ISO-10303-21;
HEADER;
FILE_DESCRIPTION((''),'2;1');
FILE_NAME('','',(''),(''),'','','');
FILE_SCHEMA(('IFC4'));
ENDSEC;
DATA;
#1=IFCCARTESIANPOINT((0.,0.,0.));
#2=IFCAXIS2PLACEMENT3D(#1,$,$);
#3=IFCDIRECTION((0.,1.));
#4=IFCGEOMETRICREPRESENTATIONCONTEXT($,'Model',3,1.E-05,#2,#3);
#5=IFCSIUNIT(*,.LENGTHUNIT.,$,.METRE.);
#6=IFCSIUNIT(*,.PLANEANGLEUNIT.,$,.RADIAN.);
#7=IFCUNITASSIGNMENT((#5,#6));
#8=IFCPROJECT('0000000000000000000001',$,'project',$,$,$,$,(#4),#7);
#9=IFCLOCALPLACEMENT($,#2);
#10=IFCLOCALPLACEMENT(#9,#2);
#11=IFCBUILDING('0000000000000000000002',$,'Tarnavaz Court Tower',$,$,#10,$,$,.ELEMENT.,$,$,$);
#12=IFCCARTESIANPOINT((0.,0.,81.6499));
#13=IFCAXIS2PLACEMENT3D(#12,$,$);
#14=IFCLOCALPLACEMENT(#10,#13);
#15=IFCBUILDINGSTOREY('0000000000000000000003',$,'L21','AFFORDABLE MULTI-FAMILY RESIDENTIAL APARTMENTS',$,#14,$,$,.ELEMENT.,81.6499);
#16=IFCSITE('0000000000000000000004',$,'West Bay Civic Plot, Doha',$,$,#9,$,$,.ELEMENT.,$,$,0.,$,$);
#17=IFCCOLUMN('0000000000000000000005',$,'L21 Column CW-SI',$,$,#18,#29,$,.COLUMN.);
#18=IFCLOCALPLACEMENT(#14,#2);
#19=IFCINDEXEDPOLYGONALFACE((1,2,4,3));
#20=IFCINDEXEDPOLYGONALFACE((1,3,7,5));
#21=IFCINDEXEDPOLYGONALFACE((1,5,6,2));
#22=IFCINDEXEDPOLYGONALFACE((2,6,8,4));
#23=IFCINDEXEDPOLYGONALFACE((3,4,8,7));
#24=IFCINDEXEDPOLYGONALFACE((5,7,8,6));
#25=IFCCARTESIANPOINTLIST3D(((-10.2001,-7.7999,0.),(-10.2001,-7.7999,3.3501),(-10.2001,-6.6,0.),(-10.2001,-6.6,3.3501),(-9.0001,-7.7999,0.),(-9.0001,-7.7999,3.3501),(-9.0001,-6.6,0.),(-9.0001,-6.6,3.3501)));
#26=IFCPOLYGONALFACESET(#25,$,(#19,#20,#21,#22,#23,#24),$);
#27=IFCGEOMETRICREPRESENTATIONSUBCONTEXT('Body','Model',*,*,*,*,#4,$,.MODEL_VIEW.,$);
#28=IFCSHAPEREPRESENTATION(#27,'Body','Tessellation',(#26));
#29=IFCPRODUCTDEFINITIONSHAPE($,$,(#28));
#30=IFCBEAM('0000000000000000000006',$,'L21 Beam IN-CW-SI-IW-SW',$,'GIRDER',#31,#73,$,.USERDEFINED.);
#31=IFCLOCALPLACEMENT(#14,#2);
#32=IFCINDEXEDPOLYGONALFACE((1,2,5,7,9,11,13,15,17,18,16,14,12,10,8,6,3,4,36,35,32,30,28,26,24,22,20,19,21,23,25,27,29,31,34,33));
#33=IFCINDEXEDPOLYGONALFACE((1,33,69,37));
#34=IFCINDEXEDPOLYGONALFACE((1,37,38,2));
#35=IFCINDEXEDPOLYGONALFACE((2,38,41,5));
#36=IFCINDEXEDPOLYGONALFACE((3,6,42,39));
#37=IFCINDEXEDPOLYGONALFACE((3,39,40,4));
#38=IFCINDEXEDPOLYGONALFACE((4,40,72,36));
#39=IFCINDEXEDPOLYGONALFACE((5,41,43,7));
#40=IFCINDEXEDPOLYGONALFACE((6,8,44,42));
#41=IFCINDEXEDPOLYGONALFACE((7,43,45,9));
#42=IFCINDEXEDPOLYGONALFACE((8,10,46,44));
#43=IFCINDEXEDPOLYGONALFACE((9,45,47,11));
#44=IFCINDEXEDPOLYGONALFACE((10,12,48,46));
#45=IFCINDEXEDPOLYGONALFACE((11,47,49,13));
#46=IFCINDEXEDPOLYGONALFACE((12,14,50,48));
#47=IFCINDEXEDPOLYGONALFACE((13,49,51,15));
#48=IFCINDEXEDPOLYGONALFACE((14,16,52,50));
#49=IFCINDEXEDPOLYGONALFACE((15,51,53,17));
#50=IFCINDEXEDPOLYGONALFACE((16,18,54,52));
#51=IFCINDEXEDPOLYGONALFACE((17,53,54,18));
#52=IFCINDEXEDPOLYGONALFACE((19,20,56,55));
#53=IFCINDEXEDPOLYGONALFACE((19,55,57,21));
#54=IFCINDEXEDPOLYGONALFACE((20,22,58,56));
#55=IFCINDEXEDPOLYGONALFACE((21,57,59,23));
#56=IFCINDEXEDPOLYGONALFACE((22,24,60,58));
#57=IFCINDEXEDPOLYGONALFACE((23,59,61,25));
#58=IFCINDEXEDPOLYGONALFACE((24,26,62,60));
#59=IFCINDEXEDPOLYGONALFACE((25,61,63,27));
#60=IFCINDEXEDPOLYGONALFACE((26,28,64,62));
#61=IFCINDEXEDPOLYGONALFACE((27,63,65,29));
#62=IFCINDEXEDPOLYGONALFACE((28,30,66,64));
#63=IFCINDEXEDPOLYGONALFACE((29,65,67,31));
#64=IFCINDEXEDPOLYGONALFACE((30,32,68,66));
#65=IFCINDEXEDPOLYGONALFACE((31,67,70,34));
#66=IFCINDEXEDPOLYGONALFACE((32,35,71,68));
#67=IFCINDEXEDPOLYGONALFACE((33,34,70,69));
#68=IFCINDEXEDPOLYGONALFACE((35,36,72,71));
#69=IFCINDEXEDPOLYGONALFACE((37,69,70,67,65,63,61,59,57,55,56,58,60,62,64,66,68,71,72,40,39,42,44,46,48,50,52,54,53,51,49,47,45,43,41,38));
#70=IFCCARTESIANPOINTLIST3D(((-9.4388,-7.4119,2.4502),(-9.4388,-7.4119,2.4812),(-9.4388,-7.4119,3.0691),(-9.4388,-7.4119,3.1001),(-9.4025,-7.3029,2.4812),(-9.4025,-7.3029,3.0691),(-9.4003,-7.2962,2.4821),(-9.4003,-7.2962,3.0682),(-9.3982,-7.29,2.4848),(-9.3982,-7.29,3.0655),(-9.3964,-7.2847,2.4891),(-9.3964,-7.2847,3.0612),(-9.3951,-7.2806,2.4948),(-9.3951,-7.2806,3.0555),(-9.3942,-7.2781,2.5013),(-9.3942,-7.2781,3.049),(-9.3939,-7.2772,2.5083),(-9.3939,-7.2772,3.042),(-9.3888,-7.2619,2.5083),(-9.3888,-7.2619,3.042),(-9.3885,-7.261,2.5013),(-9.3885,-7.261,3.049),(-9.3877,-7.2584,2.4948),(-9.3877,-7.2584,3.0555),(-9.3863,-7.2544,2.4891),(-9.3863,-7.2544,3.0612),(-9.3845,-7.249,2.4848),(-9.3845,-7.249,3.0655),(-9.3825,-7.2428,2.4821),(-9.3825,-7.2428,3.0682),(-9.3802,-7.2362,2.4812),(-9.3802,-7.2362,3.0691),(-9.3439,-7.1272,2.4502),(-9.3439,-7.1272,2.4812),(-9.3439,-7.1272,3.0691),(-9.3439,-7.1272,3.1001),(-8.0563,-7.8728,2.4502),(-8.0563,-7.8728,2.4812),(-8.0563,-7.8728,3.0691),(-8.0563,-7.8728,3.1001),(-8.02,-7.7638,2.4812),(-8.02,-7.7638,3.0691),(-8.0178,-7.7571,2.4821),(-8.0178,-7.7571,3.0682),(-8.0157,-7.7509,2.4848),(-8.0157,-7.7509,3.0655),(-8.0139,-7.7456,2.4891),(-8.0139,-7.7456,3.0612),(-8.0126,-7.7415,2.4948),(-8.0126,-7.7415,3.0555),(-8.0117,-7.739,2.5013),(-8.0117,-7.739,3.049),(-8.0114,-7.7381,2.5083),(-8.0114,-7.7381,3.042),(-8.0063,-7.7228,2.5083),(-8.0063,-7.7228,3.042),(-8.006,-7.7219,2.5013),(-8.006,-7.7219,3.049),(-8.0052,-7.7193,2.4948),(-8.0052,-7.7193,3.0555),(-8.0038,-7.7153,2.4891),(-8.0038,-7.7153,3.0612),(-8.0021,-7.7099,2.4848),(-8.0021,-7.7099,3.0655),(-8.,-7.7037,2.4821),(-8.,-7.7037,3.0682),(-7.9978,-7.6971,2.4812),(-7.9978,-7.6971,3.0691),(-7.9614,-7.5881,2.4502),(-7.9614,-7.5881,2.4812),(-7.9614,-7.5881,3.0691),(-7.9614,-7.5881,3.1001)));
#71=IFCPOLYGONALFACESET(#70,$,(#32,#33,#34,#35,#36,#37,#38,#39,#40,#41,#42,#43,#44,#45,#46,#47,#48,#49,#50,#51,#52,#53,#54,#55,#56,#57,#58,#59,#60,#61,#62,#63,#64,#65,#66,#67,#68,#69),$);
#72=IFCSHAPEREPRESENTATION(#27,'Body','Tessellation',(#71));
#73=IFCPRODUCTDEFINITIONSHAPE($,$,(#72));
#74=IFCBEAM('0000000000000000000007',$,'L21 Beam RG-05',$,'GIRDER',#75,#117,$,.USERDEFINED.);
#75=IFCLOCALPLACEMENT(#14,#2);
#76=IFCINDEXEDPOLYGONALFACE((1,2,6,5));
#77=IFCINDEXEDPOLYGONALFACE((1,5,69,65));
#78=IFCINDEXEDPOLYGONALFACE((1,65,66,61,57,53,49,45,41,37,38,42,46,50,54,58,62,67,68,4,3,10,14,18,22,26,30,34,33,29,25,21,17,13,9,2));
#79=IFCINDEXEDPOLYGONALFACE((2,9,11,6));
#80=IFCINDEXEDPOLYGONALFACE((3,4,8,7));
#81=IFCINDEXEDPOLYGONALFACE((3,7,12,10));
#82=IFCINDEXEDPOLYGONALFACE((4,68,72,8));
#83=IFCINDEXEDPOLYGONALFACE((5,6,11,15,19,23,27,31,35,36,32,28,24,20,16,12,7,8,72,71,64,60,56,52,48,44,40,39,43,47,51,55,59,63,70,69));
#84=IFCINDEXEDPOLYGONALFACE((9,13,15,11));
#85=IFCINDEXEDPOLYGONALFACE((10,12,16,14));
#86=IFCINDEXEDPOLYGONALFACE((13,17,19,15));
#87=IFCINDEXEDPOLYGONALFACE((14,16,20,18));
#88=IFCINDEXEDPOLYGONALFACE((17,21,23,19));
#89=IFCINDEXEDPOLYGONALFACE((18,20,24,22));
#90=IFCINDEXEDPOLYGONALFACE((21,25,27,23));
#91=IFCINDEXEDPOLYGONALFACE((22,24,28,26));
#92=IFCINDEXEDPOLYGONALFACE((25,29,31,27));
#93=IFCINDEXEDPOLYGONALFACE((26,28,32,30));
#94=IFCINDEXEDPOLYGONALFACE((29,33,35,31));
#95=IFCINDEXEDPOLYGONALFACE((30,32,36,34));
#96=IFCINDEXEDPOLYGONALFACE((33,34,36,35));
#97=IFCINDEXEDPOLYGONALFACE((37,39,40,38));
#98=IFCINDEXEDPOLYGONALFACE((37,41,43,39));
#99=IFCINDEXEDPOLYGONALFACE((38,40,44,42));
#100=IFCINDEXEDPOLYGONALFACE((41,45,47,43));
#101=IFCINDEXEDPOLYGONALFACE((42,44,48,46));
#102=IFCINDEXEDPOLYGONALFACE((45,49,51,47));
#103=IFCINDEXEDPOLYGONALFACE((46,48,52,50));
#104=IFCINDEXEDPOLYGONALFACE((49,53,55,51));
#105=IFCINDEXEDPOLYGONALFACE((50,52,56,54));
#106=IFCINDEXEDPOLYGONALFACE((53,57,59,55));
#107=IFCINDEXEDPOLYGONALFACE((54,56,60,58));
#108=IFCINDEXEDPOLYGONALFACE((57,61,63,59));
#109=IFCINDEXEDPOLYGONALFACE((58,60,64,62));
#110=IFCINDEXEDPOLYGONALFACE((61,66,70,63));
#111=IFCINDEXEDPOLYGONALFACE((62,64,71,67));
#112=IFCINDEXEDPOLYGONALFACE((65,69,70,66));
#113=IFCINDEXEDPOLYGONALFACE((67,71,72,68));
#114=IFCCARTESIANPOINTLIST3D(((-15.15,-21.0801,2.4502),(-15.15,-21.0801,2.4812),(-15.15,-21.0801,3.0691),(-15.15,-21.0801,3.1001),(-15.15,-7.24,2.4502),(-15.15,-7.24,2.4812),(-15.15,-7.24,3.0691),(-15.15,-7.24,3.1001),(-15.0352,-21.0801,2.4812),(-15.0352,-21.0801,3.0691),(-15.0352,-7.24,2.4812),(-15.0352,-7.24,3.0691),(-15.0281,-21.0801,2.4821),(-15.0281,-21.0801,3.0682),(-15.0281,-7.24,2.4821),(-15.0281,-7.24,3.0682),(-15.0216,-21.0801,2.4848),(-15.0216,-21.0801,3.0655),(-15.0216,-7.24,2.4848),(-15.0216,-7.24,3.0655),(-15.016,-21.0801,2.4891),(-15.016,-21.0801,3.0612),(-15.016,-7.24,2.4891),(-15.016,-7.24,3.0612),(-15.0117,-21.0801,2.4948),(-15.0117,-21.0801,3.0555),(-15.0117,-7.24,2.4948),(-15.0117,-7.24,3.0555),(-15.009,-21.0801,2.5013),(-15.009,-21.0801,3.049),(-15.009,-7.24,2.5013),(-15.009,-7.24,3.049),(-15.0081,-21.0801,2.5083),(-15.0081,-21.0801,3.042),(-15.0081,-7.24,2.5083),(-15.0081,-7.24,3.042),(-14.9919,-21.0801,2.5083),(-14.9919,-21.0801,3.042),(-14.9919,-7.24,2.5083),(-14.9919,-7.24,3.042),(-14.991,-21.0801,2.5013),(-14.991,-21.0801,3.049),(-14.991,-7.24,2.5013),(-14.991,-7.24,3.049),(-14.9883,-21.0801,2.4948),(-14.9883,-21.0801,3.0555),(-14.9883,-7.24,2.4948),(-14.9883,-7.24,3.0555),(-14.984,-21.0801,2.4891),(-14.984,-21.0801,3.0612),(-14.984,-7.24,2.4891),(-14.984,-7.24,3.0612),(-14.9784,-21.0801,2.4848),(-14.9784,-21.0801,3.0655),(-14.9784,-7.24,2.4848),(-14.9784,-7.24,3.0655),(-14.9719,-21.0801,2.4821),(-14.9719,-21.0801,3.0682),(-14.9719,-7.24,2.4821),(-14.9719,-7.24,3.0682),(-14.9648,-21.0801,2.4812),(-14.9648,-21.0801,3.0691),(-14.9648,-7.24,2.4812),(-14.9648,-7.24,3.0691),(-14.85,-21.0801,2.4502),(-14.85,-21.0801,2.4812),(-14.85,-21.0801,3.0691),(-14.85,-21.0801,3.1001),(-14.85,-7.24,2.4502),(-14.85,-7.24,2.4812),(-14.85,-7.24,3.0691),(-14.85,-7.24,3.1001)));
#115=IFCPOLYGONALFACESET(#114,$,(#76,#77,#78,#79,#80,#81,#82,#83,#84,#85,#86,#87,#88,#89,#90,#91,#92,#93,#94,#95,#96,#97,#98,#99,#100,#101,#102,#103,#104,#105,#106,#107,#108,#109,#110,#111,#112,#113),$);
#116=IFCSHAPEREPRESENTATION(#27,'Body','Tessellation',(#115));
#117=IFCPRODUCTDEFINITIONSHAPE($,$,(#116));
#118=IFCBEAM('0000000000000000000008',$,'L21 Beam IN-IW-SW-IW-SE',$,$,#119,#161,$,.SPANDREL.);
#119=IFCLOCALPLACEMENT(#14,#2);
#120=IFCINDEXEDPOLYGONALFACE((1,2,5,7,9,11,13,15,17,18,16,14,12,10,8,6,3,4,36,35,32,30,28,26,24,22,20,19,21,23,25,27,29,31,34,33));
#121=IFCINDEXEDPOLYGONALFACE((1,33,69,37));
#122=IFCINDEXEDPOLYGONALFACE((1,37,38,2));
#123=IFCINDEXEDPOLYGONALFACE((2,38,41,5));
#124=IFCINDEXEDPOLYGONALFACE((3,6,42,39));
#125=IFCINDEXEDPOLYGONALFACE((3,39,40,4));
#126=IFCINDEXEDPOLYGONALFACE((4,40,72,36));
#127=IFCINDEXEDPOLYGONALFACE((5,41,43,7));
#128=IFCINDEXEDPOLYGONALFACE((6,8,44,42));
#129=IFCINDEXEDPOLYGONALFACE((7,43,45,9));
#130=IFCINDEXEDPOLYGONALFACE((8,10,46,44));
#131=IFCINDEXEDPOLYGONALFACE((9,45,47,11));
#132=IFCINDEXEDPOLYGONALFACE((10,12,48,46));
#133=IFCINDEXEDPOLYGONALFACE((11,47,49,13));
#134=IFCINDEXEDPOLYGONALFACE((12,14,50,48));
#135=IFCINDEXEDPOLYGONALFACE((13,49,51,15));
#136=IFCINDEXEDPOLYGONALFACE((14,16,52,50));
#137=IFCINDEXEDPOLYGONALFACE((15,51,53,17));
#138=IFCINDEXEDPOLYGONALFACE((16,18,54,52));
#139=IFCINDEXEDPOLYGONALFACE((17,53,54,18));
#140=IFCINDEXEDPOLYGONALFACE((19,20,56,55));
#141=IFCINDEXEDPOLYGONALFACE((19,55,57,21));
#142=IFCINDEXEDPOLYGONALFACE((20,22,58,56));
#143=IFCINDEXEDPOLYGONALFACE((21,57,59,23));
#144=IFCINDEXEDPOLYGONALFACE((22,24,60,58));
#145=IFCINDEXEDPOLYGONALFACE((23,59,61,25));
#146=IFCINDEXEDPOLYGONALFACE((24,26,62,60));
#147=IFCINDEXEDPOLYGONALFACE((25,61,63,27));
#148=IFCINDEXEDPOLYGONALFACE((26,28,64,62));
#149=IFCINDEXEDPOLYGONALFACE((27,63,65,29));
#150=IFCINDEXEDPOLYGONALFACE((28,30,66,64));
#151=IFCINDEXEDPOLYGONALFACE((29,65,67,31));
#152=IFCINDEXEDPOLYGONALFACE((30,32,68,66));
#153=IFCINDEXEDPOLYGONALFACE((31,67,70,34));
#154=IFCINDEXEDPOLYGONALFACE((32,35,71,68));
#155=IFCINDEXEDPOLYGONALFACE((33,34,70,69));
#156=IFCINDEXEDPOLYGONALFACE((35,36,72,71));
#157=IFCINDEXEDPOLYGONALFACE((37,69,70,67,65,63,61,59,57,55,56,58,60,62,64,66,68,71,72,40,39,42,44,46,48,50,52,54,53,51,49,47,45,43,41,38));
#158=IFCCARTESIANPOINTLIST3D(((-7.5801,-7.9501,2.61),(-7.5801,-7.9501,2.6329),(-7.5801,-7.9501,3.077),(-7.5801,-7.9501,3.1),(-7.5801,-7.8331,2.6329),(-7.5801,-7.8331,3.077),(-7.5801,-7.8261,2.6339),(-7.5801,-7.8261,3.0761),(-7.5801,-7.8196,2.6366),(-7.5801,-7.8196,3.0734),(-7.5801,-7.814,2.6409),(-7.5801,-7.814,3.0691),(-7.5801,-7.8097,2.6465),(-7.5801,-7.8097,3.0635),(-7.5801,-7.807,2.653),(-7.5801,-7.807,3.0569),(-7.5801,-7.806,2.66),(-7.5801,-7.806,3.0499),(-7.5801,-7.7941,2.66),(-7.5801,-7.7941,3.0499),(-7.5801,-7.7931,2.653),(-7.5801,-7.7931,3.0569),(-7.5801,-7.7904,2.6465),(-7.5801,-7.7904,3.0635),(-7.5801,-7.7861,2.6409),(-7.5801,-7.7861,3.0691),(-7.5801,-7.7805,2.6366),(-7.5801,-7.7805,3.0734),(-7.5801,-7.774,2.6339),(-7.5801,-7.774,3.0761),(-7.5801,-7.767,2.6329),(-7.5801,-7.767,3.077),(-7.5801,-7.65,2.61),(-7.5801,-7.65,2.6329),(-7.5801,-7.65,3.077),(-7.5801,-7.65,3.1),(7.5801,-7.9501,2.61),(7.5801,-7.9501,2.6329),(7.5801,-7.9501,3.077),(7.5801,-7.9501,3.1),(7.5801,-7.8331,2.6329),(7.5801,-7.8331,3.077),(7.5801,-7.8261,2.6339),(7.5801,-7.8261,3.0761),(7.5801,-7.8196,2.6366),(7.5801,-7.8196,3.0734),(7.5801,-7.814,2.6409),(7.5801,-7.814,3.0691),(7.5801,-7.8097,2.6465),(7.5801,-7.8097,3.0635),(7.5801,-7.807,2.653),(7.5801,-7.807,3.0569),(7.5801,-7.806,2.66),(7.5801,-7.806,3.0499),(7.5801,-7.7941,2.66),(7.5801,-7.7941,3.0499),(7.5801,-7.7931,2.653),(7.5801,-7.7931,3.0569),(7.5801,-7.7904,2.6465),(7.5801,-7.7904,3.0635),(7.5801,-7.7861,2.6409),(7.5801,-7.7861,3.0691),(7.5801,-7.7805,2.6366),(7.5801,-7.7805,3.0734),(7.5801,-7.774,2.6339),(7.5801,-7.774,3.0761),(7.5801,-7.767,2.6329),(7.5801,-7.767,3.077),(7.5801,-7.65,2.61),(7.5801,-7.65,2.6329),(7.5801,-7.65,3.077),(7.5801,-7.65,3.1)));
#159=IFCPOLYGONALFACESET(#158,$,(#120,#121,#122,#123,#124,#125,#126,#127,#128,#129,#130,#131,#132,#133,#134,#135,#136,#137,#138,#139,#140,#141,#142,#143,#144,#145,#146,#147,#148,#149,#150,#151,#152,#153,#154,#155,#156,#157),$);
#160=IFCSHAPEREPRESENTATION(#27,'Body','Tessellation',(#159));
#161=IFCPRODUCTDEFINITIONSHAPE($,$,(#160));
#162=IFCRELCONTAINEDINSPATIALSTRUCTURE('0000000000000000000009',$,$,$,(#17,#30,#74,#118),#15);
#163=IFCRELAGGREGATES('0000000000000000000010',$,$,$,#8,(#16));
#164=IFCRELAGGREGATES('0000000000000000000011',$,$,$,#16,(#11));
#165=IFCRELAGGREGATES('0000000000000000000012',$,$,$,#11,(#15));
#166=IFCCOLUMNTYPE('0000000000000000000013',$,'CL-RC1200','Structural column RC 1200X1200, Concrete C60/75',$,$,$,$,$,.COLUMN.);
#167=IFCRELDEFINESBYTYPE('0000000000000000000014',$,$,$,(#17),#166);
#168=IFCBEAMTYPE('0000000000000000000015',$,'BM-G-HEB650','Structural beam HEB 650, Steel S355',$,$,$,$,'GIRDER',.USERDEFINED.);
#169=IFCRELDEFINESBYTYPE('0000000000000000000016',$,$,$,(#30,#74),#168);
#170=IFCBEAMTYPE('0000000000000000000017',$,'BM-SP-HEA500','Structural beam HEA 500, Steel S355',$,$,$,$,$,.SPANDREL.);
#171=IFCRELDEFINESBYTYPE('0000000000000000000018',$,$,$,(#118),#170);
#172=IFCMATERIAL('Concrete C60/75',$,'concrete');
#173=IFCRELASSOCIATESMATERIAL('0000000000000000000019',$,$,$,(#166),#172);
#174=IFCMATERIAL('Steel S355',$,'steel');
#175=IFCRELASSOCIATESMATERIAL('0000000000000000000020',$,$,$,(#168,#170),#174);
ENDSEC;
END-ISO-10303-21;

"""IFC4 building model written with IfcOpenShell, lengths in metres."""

from ifc_helpers import new_model, si_unit, direction, frame, origin, origin_2d, place, context, subcontext, project, spatial, rectangle, i_section, extrude, material, material_profile, profile_set, type_object, element, save


model = new_model("IFC4")

# Units and contexts
model_context = context("Model", 3, precision=1e-05, world=origin(), true_north=direction((0.0, 1.0)))
body_context = subcontext(model_context, "Body", "Model", "MODEL_VIEW")
ifc_project = project(units=[si_unit("LENGTHUNIT", "METRE"), si_unit("PLANEANGLEUNIT", "RADIAN")], contexts=[model_context])

# Site, building, storey
site_placement = place(None, origin())
site = spatial("IfcSite", under=ifc_project, at=site_placement, Name="West Bay Civic Plot, Doha", CompositionType="ELEMENT", RefElevation=0.0)
building_placement = place(site_placement, origin())
building = spatial("IfcBuilding", under=site, at=building_placement, Name="Tarnavaz Court Tower", CompositionType="ELEMENT")
storey_placement = place(building_placement, frame((0.0, 0.0, 81.6499)))
storey = spatial("IfcBuildingStorey", under=building, at=storey_placement, Name="L21", Description="AFFORDABLE MULTI-FAMILY RESIDENTIAL APARTMENTS", CompositionType="ELEMENT", Elevation=81.6499)

# Column
ifc_material_1 = material(Name="Concrete C60/75", Category="concrete")
ifc_material_profile_1 = material_profile(ifc_material_1, rectangle(XDim=1.2, YDim=1.2, at=origin_2d()), Name="RC 1200X1200")
ifc_profile_set_1 = profile_set([ifc_material_profile_1], Name="Concrete C60/75")
column_type = type_object("IfcColumnType", Name="CL-RC1200", Description="Structural column RC 1200X1200, Concrete C60/75", PredefinedType="COLUMN", material=ifc_profile_set_1)
column_placement = place(storey_placement, frame((-9.6001, -7.2, 0.0), z_axis=(0.0, 0.0, 1.0), x_axis=(1.0, 0.0, 0.0)))
element("IfcColumn", 1, at=column_placement, inside=storey, type_object=column_type, Name="L21 Column CW-SI", PredefinedType="COLUMN", context=body_context, shape_type="SweptSolid", body=[
    extrude(rectangle(XDim=1.2, YDim=1.2, at=origin_2d()), origin(), (0.0, 0.0, 1.0), 3.3501),
])

# Beams
ifc_material_2 = material(Name="Steel S355", Category="steel")
ifc_material_profile_2 = material_profile(ifc_material_2, i_section(OverallWidth=0.3, OverallDepth=0.6499, WebThickness=0.0161, FlangeThickness=0.031, FilletRadius=0.0271, at=origin_2d()), Name="HEB 650")
ifc_profile_set_2 = profile_set([ifc_material_profile_2], Name="Steel S355")
beam_type_1 = type_object("IfcBeamType", Name="BM-G-HEB650", Description="Structural beam HEB 650, Steel S355", ElementType="GIRDER", PredefinedType="USERDEFINED", material=ifc_profile_set_2)
beam_1_placement = place(storey_placement, frame((-9.3914, -7.2695, 2.7751), z_axis=(0.948667, -0.316278, 0.0), x_axis=(0.316278, 0.948667, 0.0)))
element("IfcBeam", 2, at=beam_1_placement, inside=storey, type_object=beam_type_1, Name="L21 Beam IN-CW-SI-IW-SW", ObjectType="GIRDER", PredefinedType="USERDEFINED", context=body_context, shape_type="SweptSolid", body=[
    extrude(i_section(OverallWidth=0.3, OverallDepth=0.6499, WebThickness=0.0161, FlangeThickness=0.031, FilletRadius=0.0271, at=origin_2d()), origin(), (0.0, 0.0, 1.0), 1.4573),
])
beam_2_placement = place(storey_placement, frame((-15.0, -7.24, 2.7751), z_axis=(0.0, -1.0, 0.0), x_axis=(1.0, 0.0, 0.0)))
element("IfcBeam", 3, at=beam_2_placement, inside=storey, type_object=beam_type_1, Name="L21 Beam RG-05", ObjectType="GIRDER", PredefinedType="USERDEFINED", context=body_context, shape_type="SweptSolid", body=[
    extrude(i_section(OverallWidth=0.3, OverallDepth=0.6499, WebThickness=0.0161, FlangeThickness=0.031, FilletRadius=0.0271, at=origin_2d()), origin(), (0.0, 0.0, 1.0), 13.8401),
])
ifc_material_profile_3 = material_profile(ifc_material_2, i_section(OverallWidth=0.3, OverallDepth=0.49, WebThickness=0.012, FlangeThickness=0.0229, FilletRadius=0.0271, at=origin_2d()), Name="HEA 500")
ifc_profile_set_3 = profile_set([ifc_material_profile_3], Name="Steel S355")
beam_type_2 = type_object("IfcBeamType", Name="BM-SP-HEA500", Description="Structural beam HEA 500, Steel S355", PredefinedType="SPANDREL", material=ifc_profile_set_3)
for number, where, z_axis, x_axis, name in (
    (4, (-7.5801, -7.8, 2.855), (1.0, 0.0, 0.0), (0.0, 1.0, 0.0), "L21 Beam IN-IW-SW-IW-SE"),
):
    element("IfcBeam", number, at=place(storey_placement, frame(where, z_axis=z_axis, x_axis=x_axis)), inside=storey, type_object=beam_type_2, Name=name, PredefinedType="SPANDREL", context=body_context, shape_type="SweptSolid", body=[
        extrude(i_section(OverallWidth=0.3, OverallDepth=0.49, WebThickness=0.012, FlangeThickness=0.0229, FilletRadius=0.0271, at=origin_2d()), origin(), (0.0, 0.0, 1.0), 15.1602),
    ])

save(model, "model.ifc")
